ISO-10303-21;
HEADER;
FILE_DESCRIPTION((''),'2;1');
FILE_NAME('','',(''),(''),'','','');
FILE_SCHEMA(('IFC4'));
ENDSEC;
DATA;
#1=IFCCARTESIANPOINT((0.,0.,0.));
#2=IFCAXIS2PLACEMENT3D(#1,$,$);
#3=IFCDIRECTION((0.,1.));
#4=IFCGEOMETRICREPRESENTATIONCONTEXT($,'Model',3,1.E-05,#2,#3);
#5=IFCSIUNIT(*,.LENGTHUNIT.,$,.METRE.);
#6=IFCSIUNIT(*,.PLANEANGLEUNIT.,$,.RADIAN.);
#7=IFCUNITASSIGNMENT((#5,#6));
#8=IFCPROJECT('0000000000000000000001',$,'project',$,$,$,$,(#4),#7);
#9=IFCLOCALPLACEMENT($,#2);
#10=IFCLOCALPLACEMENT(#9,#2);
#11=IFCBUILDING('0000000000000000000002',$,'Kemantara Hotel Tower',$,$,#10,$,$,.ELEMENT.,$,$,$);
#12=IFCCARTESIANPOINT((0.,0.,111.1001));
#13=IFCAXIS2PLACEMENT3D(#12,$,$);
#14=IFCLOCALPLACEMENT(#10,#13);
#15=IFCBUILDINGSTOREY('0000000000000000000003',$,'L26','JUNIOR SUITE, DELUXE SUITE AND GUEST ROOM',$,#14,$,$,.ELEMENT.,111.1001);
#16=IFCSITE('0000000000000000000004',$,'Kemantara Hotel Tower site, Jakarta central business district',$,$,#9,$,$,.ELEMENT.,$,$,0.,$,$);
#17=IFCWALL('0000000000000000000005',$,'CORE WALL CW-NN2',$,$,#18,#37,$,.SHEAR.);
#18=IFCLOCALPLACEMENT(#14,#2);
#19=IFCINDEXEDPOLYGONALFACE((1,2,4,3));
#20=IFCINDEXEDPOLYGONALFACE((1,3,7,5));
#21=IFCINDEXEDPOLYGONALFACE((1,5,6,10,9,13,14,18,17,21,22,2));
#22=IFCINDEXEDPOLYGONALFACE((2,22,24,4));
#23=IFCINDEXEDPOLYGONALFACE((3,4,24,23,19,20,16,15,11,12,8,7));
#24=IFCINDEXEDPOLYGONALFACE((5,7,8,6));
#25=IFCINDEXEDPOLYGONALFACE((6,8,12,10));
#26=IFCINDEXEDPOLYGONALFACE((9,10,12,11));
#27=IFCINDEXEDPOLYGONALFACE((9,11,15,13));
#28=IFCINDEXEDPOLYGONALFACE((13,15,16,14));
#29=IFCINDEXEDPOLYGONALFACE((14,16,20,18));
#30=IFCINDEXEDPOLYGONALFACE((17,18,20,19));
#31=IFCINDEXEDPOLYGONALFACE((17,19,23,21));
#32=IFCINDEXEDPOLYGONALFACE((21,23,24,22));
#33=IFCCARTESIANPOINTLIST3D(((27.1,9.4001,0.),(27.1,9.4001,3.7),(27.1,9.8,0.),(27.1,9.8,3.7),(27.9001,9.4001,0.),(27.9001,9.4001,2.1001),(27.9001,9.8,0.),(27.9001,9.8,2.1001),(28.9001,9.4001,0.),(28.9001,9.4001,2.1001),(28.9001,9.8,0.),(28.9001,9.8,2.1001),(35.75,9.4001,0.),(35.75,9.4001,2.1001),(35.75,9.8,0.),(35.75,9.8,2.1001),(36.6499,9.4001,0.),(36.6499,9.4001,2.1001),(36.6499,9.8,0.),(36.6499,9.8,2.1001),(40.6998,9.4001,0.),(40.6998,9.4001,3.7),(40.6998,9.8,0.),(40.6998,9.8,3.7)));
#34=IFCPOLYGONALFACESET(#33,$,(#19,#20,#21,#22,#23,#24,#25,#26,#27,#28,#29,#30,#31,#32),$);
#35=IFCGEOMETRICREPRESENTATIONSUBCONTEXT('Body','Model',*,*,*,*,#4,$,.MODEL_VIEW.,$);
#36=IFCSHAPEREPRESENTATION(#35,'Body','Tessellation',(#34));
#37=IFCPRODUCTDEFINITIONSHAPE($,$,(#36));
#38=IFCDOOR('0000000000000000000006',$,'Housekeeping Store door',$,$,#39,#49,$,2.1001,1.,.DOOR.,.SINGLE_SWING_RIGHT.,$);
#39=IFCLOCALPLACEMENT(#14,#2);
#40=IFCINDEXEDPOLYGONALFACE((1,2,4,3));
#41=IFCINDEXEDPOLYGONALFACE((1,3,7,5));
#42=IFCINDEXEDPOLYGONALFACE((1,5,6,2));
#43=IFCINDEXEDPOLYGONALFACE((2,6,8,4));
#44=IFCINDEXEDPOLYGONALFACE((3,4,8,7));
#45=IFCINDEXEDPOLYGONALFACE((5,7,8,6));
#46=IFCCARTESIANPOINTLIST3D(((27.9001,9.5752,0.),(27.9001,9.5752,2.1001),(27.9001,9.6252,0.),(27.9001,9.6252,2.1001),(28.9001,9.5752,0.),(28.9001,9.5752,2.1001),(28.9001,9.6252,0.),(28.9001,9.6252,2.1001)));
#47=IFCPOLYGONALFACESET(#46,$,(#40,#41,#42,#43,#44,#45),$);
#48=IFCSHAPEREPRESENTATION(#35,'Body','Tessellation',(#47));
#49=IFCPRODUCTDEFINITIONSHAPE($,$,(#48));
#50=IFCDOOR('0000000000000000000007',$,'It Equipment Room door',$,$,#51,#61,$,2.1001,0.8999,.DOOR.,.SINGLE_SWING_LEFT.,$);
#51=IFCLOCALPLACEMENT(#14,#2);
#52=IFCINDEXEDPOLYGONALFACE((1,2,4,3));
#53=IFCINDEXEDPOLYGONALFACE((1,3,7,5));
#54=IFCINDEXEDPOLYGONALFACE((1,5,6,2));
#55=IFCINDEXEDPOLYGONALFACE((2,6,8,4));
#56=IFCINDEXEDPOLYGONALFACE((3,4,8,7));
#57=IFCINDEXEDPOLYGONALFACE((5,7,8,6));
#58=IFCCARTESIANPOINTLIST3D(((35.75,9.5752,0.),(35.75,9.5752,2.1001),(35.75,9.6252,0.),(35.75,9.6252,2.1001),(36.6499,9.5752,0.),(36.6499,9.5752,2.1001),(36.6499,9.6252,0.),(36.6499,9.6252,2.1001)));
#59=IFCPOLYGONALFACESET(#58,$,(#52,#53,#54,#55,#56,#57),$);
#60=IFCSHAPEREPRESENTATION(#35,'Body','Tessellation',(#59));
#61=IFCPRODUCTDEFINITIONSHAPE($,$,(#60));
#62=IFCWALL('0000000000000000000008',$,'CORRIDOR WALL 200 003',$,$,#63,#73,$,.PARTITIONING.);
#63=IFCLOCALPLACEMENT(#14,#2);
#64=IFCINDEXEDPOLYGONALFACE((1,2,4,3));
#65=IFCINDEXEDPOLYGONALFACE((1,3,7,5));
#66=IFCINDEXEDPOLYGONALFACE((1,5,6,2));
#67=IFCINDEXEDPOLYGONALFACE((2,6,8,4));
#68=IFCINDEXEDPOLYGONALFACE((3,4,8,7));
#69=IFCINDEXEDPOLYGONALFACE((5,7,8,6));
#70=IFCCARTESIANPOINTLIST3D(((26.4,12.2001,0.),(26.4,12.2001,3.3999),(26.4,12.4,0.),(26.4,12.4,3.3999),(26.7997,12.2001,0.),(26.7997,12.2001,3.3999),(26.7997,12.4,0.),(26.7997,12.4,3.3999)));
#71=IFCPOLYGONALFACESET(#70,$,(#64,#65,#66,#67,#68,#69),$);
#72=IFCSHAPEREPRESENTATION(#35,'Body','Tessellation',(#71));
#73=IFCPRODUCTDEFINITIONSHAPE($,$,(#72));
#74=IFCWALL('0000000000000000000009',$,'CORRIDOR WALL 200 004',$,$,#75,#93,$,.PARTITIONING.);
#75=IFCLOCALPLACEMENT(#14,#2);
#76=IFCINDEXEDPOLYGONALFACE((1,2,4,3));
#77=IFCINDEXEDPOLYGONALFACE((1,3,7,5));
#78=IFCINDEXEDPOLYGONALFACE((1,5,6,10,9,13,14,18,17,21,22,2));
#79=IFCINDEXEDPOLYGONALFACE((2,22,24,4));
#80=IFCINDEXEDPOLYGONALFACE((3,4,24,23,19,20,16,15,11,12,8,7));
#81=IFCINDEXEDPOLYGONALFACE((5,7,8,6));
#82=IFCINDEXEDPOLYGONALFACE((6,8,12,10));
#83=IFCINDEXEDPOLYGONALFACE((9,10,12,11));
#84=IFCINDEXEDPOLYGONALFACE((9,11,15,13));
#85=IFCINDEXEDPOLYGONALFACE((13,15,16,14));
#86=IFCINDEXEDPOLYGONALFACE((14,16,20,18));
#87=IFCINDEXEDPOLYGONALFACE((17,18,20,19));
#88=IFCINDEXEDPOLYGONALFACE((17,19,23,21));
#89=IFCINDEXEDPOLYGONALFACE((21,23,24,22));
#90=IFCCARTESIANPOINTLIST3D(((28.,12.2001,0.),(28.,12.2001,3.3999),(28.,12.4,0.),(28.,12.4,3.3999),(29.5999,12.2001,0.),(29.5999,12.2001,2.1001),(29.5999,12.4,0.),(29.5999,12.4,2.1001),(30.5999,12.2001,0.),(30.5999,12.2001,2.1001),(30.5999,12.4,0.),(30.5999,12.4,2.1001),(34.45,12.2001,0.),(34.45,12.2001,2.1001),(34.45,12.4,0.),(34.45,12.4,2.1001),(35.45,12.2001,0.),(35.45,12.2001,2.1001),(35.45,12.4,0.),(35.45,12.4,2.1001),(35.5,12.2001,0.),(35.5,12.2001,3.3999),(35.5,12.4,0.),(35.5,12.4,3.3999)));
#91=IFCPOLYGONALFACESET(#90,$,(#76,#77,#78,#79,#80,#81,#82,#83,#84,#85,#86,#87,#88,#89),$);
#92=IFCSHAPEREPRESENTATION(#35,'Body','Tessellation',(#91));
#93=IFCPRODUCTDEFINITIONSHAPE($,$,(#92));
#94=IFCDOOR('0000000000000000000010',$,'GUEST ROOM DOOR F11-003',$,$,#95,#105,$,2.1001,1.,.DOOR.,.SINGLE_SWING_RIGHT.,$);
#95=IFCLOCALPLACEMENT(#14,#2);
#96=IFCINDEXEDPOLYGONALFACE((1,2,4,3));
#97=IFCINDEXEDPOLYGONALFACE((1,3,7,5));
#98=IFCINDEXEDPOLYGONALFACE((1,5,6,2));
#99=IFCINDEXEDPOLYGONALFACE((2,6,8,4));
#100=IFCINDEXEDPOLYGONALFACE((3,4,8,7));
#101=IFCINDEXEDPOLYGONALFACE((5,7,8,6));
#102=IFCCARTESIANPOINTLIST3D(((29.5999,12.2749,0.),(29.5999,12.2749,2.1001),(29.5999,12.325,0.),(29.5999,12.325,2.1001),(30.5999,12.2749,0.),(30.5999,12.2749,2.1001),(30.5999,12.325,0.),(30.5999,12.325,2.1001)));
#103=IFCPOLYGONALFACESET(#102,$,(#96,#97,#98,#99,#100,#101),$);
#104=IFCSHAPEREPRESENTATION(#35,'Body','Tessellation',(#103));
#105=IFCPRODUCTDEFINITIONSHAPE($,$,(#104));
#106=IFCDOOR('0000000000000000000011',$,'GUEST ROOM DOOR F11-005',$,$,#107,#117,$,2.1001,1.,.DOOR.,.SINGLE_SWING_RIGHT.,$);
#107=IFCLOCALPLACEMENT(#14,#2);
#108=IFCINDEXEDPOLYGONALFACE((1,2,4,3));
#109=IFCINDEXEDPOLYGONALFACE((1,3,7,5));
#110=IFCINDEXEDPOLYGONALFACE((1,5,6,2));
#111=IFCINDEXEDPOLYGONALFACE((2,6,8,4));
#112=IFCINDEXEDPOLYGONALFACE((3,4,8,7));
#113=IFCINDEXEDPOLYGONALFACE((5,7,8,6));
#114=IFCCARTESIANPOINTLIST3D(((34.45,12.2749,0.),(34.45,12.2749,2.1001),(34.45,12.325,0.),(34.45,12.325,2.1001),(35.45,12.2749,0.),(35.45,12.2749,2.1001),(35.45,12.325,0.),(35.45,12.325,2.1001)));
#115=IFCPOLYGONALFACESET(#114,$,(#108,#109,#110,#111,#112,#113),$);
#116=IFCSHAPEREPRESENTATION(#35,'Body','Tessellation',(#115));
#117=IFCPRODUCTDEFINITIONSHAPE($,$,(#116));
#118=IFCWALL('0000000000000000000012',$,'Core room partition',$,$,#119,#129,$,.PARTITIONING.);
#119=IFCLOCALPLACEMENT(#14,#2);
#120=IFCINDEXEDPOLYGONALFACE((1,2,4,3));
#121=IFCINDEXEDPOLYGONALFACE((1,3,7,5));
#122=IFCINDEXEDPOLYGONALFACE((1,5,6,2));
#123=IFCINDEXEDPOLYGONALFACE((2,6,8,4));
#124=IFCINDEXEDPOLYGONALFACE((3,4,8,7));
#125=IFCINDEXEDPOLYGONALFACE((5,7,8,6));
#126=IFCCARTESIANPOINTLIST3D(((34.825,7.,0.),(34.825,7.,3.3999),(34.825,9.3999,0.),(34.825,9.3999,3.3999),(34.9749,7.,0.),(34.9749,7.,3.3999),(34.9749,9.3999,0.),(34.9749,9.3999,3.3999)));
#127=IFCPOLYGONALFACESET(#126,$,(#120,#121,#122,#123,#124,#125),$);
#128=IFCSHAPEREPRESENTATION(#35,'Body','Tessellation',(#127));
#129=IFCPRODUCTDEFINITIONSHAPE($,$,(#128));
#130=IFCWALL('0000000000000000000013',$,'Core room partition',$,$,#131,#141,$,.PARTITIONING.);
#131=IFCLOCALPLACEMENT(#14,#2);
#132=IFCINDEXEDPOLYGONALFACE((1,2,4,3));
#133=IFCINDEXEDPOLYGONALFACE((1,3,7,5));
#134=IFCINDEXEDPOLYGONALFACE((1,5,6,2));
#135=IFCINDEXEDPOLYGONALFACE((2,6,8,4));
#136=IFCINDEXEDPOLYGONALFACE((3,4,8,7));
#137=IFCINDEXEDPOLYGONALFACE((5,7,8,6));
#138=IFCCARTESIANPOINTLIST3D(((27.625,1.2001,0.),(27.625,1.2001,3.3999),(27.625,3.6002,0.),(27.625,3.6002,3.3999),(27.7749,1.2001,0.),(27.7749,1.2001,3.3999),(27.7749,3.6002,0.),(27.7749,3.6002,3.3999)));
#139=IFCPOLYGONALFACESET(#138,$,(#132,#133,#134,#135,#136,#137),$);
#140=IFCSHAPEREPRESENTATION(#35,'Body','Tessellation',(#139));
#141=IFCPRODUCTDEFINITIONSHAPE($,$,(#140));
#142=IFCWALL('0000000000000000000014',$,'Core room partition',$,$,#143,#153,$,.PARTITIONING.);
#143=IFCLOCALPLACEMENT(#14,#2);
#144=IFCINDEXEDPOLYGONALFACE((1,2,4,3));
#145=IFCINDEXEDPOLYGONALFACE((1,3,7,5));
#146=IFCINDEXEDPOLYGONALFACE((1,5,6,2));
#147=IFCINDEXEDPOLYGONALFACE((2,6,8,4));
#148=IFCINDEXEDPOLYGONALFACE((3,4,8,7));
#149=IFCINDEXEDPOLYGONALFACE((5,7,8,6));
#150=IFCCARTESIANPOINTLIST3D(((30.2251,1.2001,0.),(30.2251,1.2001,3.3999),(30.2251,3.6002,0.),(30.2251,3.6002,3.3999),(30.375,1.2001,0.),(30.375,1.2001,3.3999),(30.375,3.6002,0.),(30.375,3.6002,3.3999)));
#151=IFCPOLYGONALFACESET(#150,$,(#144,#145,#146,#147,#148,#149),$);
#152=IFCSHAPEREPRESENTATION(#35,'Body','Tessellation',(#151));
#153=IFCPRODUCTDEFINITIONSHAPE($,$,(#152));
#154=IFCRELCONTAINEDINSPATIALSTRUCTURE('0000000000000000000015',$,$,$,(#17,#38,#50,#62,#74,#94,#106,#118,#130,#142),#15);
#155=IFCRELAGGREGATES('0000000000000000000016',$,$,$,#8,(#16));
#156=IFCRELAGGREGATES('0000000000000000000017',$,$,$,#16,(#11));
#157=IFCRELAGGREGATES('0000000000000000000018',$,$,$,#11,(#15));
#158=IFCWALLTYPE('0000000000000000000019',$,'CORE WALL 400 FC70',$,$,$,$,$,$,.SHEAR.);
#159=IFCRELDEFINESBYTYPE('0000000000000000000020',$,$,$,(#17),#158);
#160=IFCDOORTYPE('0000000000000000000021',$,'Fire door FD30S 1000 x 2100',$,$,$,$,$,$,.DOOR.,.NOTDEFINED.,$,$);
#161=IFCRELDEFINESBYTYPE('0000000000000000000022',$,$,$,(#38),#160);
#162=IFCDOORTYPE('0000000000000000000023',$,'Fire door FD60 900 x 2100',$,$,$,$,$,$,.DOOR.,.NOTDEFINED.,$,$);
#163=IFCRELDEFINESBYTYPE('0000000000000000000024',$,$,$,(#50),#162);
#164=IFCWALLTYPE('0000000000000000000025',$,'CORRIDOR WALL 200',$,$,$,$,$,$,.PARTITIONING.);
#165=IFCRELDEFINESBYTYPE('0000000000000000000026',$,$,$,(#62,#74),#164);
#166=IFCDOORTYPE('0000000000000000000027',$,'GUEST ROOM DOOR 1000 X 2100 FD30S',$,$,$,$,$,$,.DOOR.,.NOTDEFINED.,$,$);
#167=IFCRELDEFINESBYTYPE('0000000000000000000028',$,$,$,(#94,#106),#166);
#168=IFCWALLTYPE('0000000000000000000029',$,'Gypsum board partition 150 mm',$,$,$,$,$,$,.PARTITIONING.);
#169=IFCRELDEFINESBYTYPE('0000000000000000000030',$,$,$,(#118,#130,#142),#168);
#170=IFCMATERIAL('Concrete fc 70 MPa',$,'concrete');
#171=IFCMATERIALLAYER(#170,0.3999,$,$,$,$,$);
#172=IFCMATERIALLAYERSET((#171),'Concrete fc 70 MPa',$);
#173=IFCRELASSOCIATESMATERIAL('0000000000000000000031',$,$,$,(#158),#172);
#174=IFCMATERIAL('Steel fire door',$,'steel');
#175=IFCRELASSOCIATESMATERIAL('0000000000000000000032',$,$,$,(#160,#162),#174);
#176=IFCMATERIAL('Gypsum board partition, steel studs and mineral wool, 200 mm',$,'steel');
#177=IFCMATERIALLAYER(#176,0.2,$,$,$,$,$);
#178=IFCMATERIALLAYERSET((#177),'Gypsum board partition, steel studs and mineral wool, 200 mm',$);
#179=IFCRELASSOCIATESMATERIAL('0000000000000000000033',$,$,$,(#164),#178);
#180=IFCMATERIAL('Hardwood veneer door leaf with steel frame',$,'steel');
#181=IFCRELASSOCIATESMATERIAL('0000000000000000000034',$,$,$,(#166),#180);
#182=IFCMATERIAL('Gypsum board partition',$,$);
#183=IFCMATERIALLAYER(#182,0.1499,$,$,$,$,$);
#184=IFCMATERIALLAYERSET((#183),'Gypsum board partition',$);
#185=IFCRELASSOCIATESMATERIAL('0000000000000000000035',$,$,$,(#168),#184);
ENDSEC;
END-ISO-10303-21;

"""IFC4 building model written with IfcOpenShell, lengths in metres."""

from ifc_helpers import new_model, si_unit, direction, frame, frame_2d, origin, place, context, subcontext, project, spatial, rectangle, extrude, material, layer, layer_set, type_object, element, fill, save


model = new_model("IFC4")

# Units and contexts
model_context = context("Model", 3, precision=1e-05, world=origin(), true_north=direction((0.0, 1.0)))
body_context = subcontext(model_context, "Body", "Model", "MODEL_VIEW")
ifc_project = project(units=[si_unit("LENGTHUNIT", "METRE"), si_unit("PLANEANGLEUNIT", "RADIAN")], contexts=[model_context])

# Site, building, storey
site_placement = place(None, origin())
site = spatial("IfcSite", under=ifc_project, at=site_placement, Name="Kemantara Hotel Tower site, Jakarta central business district", CompositionType="ELEMENT", RefElevation=0.0)
building_placement = place(site_placement, origin())
building = spatial("IfcBuilding", under=site, at=building_placement, Name="Kemantara Hotel Tower", CompositionType="ELEMENT")
storey_placement = place(building_placement, frame((0.0, 0.0, 111.1001)))
storey = spatial("IfcBuildingStorey", under=building, at=storey_placement, Name="L26", Description="JUNIOR SUITE, DELUXE SUITE AND GUEST ROOM", CompositionType="ELEMENT", Elevation=111.1001)

# Shared definitions
ifc_material_1 = material(Name="Concrete fc 70 MPa", Category="concrete")

# Wall, openings, doors
ifc_layer_1 = layer(ifc_material_1, 0.3999)
ifc_layer_set_1 = layer_set([ifc_layer_1], Name="Concrete fc 70 MPa")
wall_type_1 = type_object("IfcWallType", Name="CORE WALL 400 FC70", PredefinedType="SHEAR", material=ifc_layer_set_1)
wall_1_placement = place(storey_placement, frame((27.1001, 9.6001, 0.0), z_axis=(0.0, 0.0, 1.0), x_axis=(1.0, 0.0, 0.0)))
wall_1 = element("IfcWall", 1, at=wall_1_placement, inside=storey, type_object=wall_type_1, Name="CORE WALL CW-NN2", PredefinedType="SHEAR", context=body_context, shape_type="SweptSolid", body=[
    extrude(rectangle(XDim=13.5999, YDim=0.3999, at=frame_2d((6.7998, 0.0))), origin(), (0.0, 0.0, 1.0), 3.7),
])
opening_1_placement = place(wall_1_placement, frame((0.8, 0.0, 0.0)))
opening_1 = element("IfcOpeningElement", 2, at=opening_1_placement, cuts=wall_1, PredefinedType="OPENING", context=body_context, shape_type="SweptSolid", body=[
    extrude(rectangle(XDim=1.0, YDim=2.1001, at=frame_2d((0.5, 1.05))), frame((0.0, 0.21, 0.0), z_axis=(0.0, -1.0, 0.0), x_axis=(1.0, 0.0, 0.0)), (0.0, 0.0, 1.0), 0.4199),
])
opening_2_placement = place(wall_1_placement, frame((8.6499, 0.0, 0.0)))
opening_2 = element("IfcOpeningElement", 3, at=opening_2_placement, cuts=wall_1, PredefinedType="OPENING", context=body_context, shape_type="SweptSolid", body=[
    extrude(rectangle(XDim=0.8999, YDim=2.1001, at=frame_2d((0.45, 1.05))), frame((0.0, 0.21, 0.0), z_axis=(0.0, -1.0, 0.0), x_axis=(1.0, 0.0, 0.0)), (0.0, 0.0, 1.0), 0.4199),
])
ifc_material_2 = material(Name="Steel fire door", Category="steel")
door_type_1 = type_object("IfcDoorType", Name="Fire door FD30S 1000 x 2100", OperationType="NOTDEFINED", PredefinedType="DOOR", material=ifc_material_2)
door_1_placement = place(opening_1_placement, frame((1.0, 0.0, 0.0), z_axis=(0.0, 0.0, 1.0), x_axis=(-1.0, 0.0, 0.0)))
door_1 = element("IfcDoor", 4, at=door_1_placement, inside=storey, type_object=door_type_1, Name="Housekeeping Store door", OperationType="SINGLE_SWING_RIGHT", OverallHeight=2.1001, OverallWidth=1.0, PredefinedType="DOOR", context=body_context, shape_type="SweptSolid", body=[
    extrude(rectangle(XDim=1.0, YDim=2.1001, at=frame_2d((0.5, 1.05))), frame((0.0, 0.0249, 0.0), z_axis=(0.0, -1.0, 0.0), x_axis=(1.0, 0.0, 0.0)), (0.0, 0.0, 1.0), 0.05),
])
fill(opening_1, door_1)
door_type_2 = type_object("IfcDoorType", Name="Fire door FD60 900 x 2100", OperationType="NOTDEFINED", PredefinedType="DOOR", material=ifc_material_2)
door_2_placement = place(opening_2_placement, frame((0.8999, 0.0, 0.0), z_axis=(0.0, 0.0, 1.0), x_axis=(-1.0, 0.0, 0.0)))
door_2 = element("IfcDoor", 5, at=door_2_placement, inside=storey, type_object=door_type_2, Name="It Equipment Room door", OperationType="SINGLE_SWING_LEFT", OverallHeight=2.1001, OverallWidth=0.8999, PredefinedType="DOOR", context=body_context, shape_type="SweptSolid", body=[
    extrude(rectangle(XDim=0.8999, YDim=2.1001, at=frame_2d((0.45, 1.05))), frame((0.0, 0.0249, 0.0), z_axis=(0.0, -1.0, 0.0), x_axis=(1.0, 0.0, 0.0)), (0.0, 0.0, 1.0), 0.05),
])
fill(opening_2, door_2)

# Wall
ifc_material_3 = material(Name="Gypsum board partition, steel studs and mineral wool, 200 mm", Category="steel")
ifc_layer_2 = layer(ifc_material_3, 0.2)
ifc_layer_set_2 = layer_set([ifc_layer_2], Name="Gypsum board partition, steel studs and mineral wool, 200 mm")
wall_type_2 = type_object("IfcWallType", Name="CORRIDOR WALL 200", PredefinedType="PARTITIONING", material=ifc_layer_set_2)
wall_2_placement = place(storey_placement, frame((26.4001, 12.3, 0.0), z_axis=(0.0, 0.0, 1.0), x_axis=(1.0, 0.0, 0.0)))
element("IfcWall", 6, at=wall_2_placement, inside=storey, type_object=wall_type_2, Name="CORRIDOR WALL 200 003", PredefinedType="PARTITIONING", context=body_context, shape_type="SweptSolid", body=[
    extrude(rectangle(XDim=0.3997, YDim=0.2, at=frame_2d((0.1997, 0.0))), origin(), (0.0, 0.0, 1.0), 3.3999),
])

# Wall, openings, doors
wall_3_placement = place(storey_placement, frame((28.0, 12.3, 0.0), z_axis=(0.0, 0.0, 1.0), x_axis=(1.0, 0.0, 0.0)))
wall_3 = element("IfcWall", 7, at=wall_3_placement, inside=storey, type_object=wall_type_2, Name="CORRIDOR WALL 200 004", PredefinedType="PARTITIONING", context=body_context, shape_type="SweptSolid", body=[
    extrude(rectangle(XDim=7.5, YDim=0.2, at=frame_2d((3.75, 0.0))), origin(), (0.0, 0.0, 1.0), 3.3999),
])
opening_3_placement = place(wall_3_placement, frame((1.5999, 0.0, 0.0)))
opening_3 = element("IfcOpeningElement", 8, at=opening_3_placement, cuts=wall_3, PredefinedType="OPENING", context=body_context, shape_type="SweptSolid", body=[
    extrude(rectangle(XDim=1.0, YDim=2.1001, at=frame_2d((0.5, 1.05))), frame((0.0, 0.1099, 0.0), z_axis=(0.0, -1.0, 0.0), x_axis=(1.0, 0.0, 0.0)), (0.0, 0.0, 1.0), 0.22),
])
opening_4_placement = place(wall_3_placement, frame((6.45, 0.0, 0.0)))
opening_4 = element("IfcOpeningElement", 9, at=opening_4_placement, cuts=wall_3, PredefinedType="OPENING", context=body_context, shape_type="SweptSolid", body=[
    extrude(rectangle(XDim=1.0, YDim=2.1001, at=frame_2d((0.5, 1.05))), frame((0.0, 0.1099, 0.0), z_axis=(0.0, -1.0, 0.0), x_axis=(1.0, 0.0, 0.0)), (0.0, 0.0, 1.0), 0.22),
])
ifc_material_4 = material(Name="Hardwood veneer door leaf with steel frame", Category="steel")
door_type_3 = type_object("IfcDoorType", Name="GUEST ROOM DOOR 1000 X 2100 FD30S", OperationType="NOTDEFINED", PredefinedType="DOOR", material=ifc_material_4)
door_3_placement = place(opening_3_placement, origin())
door_3 = element("IfcDoor", 10, at=door_3_placement, inside=storey, type_object=door_type_3, Name="GUEST ROOM DOOR F11-003", OperationType="SINGLE_SWING_RIGHT", OverallHeight=2.1001, OverallWidth=1.0, PredefinedType="DOOR", context=body_context, shape_type="SweptSolid", body=[
    extrude(rectangle(XDim=1.0, YDim=2.1001, at=frame_2d((0.5, 1.05))), frame((0.0, 0.0249, 0.0), z_axis=(0.0, -1.0, 0.0), x_axis=(1.0, 0.0, 0.0)), (0.0, 0.0, 1.0), 0.05),
])
fill(opening_3, door_3)
door_4_placement = place(opening_4_placement, origin())
door_4 = element("IfcDoor", 11, at=door_4_placement, inside=storey, type_object=door_type_3, Name="GUEST ROOM DOOR F11-005", OperationType="SINGLE_SWING_RIGHT", OverallHeight=2.1001, OverallWidth=1.0, PredefinedType="DOOR", context=body_context, shape_type="SweptSolid", body=[
    extrude(rectangle(XDim=1.0, YDim=2.1001, at=frame_2d((0.5, 1.05))), frame((0.0, 0.0249, 0.0), z_axis=(0.0, -1.0, 0.0), x_axis=(1.0, 0.0, 0.0)), (0.0, 0.0, 1.0), 0.05),
])
fill(opening_4, door_4)

# Walls
ifc_material_5 = material(Name="Gypsum board partition")
ifc_layer_3 = layer(ifc_material_5, 0.1499)
ifc_layer_set_3 = layer_set([ifc_layer_3], Name="Gypsum board partition")
wall_type_3 = type_object("IfcWallType", Name="Gypsum board partition 150 mm", PredefinedType="PARTITIONING", material=ifc_layer_set_3)
wall_4_placement = place(storey_placement, frame((34.8999, 7.0, 0.0), z_axis=(0.0, 0.0, 1.0), x_axis=(0.0, 1.0, 0.0)))
element("IfcWall", 12, at=wall_4_placement, inside=storey, type_object=wall_type_3, Name="Core room partition", PredefinedType="PARTITIONING", context=body_context, shape_type="SweptSolid", body=[
    extrude(rectangle(XDim=2.3999, YDim=0.1499, at=frame_2d((1.2, 0.0))), origin(), (0.0, 0.0, 1.0), 3.3999),
])
for number, where, z_axis, x_axis, name in (
    (13, (27.7, 1.2, 0.0), (0.0, 0.0, 1.0), (0.0, 1.0, 0.0), "Core room partition"),
    (14, (30.3, 1.2, 0.0), (0.0, 0.0, 1.0), (0.0, 1.0, 0.0), "Core room partition"),
):
    element("IfcWall", number, at=place(storey_placement, frame(where, z_axis=z_axis, x_axis=x_axis)), inside=storey, type_object=wall_type_3, Name=name, PredefinedType="PARTITIONING", context=body_context, shape_type="SweptSolid", body=[
        extrude(rectangle(XDim=2.4001, YDim=0.1499, at=frame_2d((1.2002, 0.0))), origin(), (0.0, 0.0, 1.0), 3.3999),
    ])

save(model, "model.ifc")
